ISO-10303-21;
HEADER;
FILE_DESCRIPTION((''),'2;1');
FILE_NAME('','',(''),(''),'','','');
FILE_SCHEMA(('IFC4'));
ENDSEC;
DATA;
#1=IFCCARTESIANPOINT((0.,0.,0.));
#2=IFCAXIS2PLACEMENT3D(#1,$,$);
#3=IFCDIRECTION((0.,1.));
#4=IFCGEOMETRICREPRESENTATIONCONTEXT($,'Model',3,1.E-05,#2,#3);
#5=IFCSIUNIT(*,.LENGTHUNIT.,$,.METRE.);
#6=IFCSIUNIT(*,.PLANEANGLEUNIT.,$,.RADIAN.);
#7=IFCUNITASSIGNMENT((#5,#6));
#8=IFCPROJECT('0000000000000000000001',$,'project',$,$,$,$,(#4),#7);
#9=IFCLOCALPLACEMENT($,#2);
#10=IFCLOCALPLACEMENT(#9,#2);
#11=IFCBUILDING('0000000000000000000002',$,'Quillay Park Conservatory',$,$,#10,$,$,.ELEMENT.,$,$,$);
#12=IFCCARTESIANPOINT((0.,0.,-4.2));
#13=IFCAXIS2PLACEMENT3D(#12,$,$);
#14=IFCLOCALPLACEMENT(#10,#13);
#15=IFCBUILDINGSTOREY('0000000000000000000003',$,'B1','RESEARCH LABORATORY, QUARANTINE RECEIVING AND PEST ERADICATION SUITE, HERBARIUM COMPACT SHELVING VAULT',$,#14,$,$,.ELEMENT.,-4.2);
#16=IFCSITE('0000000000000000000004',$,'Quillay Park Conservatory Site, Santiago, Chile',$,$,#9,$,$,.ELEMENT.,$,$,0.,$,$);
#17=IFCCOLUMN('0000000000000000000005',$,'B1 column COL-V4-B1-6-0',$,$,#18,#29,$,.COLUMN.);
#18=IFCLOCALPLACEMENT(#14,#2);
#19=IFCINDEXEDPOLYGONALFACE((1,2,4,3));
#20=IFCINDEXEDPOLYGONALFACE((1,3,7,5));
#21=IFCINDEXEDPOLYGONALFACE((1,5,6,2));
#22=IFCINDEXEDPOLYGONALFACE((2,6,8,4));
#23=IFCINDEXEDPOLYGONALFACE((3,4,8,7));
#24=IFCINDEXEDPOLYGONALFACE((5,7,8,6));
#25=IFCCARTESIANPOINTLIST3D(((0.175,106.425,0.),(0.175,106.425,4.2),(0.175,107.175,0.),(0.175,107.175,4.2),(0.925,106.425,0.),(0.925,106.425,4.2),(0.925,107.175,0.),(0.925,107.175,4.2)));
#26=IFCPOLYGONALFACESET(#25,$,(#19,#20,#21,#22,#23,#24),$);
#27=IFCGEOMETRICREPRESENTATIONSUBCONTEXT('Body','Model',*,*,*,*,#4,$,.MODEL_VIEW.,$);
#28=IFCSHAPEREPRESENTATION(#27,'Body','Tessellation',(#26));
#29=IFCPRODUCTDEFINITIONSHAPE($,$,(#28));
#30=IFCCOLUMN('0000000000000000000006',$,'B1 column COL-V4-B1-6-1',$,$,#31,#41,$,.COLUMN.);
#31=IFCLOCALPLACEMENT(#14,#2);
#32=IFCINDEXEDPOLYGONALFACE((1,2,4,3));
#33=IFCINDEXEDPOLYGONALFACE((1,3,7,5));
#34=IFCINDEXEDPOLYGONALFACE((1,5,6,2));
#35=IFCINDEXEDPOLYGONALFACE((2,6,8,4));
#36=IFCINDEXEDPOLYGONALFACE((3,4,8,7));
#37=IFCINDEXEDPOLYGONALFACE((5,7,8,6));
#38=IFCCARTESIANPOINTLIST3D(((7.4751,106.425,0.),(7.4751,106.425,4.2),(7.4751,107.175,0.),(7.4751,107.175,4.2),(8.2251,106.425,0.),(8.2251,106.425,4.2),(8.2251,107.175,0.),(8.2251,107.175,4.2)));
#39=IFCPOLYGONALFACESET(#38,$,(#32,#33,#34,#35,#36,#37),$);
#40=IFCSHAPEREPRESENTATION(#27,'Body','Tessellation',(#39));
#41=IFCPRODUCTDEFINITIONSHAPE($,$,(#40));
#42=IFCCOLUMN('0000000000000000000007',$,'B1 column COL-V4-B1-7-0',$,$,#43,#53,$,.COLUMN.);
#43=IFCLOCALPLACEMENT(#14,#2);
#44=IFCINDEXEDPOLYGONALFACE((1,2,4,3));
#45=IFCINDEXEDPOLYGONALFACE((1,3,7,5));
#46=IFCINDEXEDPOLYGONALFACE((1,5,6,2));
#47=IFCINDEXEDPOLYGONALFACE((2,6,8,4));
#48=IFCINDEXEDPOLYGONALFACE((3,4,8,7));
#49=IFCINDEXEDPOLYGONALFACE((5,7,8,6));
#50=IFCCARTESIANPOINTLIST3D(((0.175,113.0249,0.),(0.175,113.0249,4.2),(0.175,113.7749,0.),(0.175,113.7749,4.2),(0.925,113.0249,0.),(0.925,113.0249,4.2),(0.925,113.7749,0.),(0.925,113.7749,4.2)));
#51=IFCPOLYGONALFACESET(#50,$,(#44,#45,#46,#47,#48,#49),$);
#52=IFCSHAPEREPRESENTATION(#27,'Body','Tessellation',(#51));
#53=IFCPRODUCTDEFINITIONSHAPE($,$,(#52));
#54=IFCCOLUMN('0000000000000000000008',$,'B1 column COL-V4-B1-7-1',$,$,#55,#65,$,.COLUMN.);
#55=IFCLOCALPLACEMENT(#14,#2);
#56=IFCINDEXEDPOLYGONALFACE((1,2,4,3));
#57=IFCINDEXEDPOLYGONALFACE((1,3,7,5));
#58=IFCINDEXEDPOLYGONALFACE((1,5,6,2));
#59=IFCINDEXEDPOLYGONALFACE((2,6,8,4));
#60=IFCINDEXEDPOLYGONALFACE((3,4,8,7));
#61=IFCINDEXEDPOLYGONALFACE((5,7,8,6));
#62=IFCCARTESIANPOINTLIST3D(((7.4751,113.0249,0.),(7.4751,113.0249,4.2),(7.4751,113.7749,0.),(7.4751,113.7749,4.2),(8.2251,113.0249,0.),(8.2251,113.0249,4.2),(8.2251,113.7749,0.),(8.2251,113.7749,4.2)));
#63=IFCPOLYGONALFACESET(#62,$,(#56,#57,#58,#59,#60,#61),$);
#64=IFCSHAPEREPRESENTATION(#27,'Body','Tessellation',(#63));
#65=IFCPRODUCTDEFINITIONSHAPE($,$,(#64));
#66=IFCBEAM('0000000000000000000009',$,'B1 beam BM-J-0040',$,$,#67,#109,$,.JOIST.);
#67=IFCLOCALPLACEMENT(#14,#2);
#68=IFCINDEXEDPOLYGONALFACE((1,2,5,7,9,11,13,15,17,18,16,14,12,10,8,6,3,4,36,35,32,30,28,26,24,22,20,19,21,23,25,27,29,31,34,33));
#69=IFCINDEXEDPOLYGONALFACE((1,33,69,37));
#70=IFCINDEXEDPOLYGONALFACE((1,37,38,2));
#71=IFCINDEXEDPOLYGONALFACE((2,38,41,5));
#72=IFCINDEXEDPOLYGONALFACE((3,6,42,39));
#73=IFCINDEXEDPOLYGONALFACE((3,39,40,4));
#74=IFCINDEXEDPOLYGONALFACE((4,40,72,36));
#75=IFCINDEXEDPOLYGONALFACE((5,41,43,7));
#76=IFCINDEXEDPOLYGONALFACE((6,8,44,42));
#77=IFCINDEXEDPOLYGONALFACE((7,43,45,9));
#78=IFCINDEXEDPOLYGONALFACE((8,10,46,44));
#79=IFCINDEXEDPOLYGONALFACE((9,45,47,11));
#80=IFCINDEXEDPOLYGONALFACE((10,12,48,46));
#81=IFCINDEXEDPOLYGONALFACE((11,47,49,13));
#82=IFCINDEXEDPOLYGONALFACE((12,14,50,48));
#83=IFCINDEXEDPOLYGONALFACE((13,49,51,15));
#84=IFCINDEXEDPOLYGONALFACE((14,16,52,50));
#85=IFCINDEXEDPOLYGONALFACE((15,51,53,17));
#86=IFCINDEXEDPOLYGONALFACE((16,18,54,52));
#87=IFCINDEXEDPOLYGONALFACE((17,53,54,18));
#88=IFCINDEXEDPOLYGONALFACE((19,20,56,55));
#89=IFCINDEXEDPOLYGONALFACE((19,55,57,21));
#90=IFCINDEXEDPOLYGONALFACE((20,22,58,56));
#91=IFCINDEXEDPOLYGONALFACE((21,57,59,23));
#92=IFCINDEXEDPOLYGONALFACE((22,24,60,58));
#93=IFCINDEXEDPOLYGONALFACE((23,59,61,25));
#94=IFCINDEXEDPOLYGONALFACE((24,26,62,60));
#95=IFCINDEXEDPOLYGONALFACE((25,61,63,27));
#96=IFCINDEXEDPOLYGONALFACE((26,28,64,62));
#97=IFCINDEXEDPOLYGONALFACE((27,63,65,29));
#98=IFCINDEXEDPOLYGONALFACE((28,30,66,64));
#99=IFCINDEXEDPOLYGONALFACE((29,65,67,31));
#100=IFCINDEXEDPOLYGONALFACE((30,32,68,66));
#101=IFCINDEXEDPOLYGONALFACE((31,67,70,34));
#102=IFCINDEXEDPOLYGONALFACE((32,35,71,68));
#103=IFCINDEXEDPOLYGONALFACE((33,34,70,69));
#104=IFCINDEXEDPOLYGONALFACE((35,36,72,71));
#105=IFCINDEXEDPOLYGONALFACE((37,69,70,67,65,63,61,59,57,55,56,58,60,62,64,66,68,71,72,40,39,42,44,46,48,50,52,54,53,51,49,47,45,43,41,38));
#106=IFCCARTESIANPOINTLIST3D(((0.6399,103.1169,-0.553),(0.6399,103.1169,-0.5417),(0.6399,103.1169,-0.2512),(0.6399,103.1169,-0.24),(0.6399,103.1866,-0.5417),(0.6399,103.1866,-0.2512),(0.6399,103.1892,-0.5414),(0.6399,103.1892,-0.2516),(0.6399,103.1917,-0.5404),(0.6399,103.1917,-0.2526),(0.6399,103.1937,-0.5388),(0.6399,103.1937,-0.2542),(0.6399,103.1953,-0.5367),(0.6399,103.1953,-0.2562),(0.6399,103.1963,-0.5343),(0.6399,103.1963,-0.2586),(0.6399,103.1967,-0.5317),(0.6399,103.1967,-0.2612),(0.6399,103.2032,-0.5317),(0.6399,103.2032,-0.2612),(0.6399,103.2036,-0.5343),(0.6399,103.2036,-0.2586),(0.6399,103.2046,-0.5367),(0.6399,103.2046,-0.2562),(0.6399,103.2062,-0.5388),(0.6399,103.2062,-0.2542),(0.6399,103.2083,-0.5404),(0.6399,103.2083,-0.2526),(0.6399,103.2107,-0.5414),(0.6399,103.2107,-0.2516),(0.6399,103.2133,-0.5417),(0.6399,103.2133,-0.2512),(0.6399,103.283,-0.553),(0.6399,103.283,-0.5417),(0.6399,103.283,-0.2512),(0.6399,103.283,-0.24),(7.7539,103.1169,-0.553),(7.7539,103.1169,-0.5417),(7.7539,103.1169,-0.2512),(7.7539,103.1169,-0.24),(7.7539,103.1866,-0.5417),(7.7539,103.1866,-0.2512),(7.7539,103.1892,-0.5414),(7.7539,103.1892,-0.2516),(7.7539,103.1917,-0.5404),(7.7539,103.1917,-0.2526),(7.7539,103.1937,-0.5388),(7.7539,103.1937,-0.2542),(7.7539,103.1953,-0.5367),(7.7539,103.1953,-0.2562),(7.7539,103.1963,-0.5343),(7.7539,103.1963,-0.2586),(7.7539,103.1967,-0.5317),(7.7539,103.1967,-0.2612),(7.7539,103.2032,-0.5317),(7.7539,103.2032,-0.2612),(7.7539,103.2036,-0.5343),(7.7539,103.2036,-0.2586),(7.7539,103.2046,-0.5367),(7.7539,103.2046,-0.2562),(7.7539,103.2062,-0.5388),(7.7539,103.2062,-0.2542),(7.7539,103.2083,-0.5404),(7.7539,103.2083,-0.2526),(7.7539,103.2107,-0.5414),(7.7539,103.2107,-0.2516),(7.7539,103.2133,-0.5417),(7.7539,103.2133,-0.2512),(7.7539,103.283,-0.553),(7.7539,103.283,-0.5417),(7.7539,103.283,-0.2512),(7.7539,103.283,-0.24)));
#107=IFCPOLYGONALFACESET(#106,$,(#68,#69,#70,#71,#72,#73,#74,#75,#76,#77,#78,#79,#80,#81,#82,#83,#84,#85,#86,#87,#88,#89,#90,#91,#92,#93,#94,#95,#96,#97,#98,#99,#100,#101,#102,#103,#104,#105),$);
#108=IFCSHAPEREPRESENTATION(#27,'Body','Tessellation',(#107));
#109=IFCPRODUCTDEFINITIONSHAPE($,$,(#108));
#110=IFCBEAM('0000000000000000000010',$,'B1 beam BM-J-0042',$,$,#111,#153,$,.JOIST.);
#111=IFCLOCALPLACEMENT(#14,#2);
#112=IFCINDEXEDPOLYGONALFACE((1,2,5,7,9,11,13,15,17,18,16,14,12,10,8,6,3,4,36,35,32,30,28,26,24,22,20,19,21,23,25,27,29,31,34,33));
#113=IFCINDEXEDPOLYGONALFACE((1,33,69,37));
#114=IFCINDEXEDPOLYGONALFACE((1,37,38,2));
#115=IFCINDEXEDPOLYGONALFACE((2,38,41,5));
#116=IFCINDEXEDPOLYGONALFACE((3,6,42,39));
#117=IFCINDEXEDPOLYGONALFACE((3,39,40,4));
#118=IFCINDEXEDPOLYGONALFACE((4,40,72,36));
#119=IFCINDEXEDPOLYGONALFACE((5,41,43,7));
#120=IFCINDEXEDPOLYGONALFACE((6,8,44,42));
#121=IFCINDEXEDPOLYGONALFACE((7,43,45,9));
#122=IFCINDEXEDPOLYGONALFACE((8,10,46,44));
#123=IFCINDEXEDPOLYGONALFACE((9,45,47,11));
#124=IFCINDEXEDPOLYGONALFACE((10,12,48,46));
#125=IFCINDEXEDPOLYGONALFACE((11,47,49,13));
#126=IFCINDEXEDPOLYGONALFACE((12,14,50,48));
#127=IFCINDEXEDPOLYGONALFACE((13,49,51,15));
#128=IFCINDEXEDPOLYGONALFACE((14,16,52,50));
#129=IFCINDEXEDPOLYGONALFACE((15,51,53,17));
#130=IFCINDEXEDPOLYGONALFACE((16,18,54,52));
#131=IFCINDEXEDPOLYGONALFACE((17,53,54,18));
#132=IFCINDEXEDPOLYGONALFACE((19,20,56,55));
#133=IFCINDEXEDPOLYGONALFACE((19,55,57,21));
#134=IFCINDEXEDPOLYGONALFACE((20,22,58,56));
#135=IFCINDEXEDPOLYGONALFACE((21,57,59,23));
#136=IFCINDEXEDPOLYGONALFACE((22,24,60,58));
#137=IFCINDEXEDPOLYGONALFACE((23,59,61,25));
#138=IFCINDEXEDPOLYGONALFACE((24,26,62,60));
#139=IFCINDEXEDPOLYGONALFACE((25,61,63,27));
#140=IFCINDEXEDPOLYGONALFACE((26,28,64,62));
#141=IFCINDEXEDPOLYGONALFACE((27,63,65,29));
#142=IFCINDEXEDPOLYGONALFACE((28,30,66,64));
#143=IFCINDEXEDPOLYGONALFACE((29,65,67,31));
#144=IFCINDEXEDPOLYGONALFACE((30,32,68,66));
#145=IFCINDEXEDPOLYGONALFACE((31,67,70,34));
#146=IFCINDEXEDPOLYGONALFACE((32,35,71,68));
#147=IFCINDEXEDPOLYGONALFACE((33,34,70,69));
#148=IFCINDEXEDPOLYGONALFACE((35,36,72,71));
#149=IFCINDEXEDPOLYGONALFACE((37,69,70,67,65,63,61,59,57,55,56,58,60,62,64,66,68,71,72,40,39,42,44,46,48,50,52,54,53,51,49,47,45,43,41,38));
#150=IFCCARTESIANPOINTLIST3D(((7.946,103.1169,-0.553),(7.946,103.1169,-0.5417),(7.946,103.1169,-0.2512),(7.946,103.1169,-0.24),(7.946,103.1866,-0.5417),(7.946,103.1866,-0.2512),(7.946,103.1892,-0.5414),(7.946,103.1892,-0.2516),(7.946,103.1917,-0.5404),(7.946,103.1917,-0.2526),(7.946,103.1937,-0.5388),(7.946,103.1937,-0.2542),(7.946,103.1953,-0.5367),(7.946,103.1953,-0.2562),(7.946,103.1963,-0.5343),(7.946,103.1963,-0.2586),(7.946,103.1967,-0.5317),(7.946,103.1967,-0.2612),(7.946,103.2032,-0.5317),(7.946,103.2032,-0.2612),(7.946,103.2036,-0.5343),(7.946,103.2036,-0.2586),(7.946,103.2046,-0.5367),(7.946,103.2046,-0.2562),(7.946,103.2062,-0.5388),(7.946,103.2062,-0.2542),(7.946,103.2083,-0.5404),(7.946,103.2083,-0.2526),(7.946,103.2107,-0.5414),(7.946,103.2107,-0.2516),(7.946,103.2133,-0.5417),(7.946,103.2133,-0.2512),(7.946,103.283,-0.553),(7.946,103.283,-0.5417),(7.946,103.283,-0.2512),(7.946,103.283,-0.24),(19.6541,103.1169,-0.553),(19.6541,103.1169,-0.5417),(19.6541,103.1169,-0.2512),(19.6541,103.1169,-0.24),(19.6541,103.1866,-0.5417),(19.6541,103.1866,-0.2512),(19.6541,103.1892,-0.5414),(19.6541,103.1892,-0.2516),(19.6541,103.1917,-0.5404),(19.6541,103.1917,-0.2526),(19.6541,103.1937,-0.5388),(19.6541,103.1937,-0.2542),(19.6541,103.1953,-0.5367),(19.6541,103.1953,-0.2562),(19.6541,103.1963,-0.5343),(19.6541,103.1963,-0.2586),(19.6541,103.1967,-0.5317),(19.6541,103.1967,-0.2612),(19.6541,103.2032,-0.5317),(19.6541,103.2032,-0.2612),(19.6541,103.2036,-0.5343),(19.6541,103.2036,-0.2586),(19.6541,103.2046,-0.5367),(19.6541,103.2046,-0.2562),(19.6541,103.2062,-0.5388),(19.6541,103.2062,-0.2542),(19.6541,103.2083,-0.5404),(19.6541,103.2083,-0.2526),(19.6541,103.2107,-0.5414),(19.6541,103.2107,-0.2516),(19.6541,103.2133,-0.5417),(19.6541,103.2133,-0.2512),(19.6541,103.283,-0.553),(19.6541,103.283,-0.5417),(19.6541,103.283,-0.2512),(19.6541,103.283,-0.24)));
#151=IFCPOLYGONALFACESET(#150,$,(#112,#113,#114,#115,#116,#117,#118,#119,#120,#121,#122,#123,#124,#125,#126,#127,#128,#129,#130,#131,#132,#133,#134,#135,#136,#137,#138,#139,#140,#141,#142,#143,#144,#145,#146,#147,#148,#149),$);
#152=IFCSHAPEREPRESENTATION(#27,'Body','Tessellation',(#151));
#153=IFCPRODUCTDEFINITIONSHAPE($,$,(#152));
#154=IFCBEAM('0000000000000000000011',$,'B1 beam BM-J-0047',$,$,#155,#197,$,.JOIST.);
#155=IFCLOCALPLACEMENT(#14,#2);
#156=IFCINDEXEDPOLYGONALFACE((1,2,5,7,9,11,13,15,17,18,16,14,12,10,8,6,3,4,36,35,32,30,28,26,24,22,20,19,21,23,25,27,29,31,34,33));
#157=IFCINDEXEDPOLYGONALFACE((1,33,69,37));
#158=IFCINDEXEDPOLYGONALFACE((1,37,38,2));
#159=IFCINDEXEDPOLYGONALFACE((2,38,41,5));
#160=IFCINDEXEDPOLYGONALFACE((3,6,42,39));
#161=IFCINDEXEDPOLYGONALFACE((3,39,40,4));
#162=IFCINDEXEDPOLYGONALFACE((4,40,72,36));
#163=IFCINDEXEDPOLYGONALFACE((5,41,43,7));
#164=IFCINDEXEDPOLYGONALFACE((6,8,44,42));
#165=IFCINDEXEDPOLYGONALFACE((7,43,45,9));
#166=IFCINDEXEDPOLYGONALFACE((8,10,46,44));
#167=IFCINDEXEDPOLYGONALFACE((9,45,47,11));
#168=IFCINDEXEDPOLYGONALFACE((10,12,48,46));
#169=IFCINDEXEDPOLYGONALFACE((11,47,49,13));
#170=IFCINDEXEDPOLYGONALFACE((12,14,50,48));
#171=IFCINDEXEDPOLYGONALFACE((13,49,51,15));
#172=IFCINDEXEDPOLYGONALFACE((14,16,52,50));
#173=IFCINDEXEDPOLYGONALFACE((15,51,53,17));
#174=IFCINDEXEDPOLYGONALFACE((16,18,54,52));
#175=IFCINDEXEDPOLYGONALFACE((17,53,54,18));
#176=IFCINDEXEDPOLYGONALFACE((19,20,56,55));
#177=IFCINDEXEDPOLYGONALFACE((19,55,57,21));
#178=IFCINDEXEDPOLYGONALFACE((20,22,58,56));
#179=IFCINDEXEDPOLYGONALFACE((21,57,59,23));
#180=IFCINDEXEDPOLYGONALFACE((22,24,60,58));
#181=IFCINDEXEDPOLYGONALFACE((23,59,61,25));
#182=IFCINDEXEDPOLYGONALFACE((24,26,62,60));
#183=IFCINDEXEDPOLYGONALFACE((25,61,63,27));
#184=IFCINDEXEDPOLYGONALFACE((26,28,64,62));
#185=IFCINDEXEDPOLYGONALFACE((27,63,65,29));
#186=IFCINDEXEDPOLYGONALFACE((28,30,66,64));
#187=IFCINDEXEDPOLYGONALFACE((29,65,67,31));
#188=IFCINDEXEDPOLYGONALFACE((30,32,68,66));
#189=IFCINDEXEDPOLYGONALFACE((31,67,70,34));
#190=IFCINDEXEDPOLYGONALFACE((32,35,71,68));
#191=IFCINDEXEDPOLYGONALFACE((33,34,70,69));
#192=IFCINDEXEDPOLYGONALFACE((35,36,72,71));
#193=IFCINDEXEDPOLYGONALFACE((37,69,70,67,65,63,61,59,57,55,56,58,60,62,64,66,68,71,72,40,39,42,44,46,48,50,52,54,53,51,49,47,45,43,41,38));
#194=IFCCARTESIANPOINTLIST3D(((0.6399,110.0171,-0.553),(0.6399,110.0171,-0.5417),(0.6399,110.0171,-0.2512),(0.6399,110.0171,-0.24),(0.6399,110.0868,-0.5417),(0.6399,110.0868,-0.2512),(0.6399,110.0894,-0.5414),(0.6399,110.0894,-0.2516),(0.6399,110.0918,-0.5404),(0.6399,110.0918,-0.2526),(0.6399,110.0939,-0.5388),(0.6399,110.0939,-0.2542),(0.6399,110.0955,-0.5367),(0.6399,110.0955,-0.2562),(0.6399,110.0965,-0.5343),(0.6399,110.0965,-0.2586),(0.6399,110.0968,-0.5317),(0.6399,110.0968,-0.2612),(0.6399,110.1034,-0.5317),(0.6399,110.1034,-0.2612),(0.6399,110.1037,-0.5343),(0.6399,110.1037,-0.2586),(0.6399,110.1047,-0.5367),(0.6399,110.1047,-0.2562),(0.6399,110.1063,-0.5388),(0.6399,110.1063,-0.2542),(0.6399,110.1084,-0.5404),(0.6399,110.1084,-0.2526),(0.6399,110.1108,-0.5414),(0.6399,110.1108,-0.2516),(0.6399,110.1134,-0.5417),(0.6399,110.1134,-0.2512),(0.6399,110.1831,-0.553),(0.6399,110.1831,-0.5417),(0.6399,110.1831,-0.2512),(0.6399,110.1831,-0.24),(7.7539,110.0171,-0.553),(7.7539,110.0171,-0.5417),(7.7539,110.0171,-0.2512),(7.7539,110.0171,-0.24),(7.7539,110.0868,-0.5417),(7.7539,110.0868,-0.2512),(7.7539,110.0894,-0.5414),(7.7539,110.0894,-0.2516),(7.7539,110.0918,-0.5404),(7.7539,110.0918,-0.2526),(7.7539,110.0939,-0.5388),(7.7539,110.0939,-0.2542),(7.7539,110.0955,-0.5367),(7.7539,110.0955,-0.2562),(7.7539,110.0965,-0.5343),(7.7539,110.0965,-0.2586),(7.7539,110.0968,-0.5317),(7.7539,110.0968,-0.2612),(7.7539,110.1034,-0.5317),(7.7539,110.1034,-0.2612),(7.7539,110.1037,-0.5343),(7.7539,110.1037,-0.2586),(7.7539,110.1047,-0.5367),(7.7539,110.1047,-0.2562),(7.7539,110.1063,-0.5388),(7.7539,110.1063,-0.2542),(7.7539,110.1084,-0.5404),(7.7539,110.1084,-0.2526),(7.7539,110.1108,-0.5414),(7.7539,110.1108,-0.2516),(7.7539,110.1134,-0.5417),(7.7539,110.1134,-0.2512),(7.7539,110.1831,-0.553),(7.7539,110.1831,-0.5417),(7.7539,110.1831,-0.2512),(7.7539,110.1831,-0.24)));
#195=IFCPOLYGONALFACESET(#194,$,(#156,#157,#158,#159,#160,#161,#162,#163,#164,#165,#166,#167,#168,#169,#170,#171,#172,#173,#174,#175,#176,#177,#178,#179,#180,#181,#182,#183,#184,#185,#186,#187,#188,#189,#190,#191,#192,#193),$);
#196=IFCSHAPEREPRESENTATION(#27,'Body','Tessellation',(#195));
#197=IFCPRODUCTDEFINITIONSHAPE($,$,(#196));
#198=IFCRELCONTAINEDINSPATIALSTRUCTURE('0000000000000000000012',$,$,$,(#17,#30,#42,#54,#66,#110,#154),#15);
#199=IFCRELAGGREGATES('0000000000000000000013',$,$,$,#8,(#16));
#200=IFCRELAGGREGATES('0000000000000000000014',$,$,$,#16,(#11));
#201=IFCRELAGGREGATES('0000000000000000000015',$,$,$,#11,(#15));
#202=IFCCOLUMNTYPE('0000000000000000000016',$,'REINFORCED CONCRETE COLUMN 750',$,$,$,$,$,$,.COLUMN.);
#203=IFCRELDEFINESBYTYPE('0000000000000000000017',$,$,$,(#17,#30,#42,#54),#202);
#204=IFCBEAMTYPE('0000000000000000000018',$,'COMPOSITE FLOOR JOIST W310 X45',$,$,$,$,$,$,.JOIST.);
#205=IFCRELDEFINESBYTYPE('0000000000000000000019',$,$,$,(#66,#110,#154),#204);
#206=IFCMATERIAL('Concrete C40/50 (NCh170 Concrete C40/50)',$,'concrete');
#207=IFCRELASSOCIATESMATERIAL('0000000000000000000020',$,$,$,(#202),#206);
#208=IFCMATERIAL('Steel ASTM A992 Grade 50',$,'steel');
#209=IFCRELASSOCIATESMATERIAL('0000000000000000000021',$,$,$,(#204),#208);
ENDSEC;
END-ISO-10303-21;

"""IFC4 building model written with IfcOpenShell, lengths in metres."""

from ifc_helpers import new_model, si_unit, direction, frame, origin, origin_2d, place, context, subcontext, project, spatial, rectangle, i_section, extrude, material, material_profile, profile_set, type_object, element, save


model = new_model("IFC4")

# Units and contexts
model_context = context("Model", 3, precision=1e-05, world=origin(), true_north=direction((0.0, 1.0)))
body_context = subcontext(model_context, "Body", "Model", "MODEL_VIEW")
ifc_project = project(units=[si_unit("LENGTHUNIT", "METRE"), si_unit("PLANEANGLEUNIT", "RADIAN")], contexts=[model_context])

# Site, building, storey
site_placement = place(None, origin())
site = spatial("IfcSite", under=ifc_project, at=site_placement, Name="Quillay Park Conservatory Site, Santiago, Chile", CompositionType="ELEMENT", RefElevation=0.0)
building_placement = place(site_placement, origin())
building = spatial("IfcBuilding", under=site, at=building_placement, Name="Quillay Park Conservatory", CompositionType="ELEMENT")
storey_placement = place(building_placement, frame((0.0, 0.0, -4.2)))
storey = spatial("IfcBuildingStorey", under=building, at=storey_placement, Name="B1", Description="RESEARCH LABORATORY, QUARANTINE RECEIVING AND PEST ERADICATION SUITE, HERBARIUM COMPACT SHELVING VAULT", CompositionType="ELEMENT", Elevation=-4.2)

# Columns
ifc_material_1 = material(Name="Concrete C40/50 (NCh170 Concrete C40/50)", Category="concrete")
ifc_material_profile_1 = material_profile(ifc_material_1, rectangle(XDim=0.75, YDim=0.75, at=origin_2d()), Name="RC750x750")
ifc_profile_set_1 = profile_set([ifc_material_profile_1], Name="Concrete C40/50 (NCh170 Concrete C40/50)")
column_type = type_object("IfcColumnType", Name="REINFORCED CONCRETE COLUMN 750", PredefinedType="COLUMN", material=ifc_profile_set_1)
for number, where, z_axis, x_axis, name in (
    (1, (0.55, 106.8, 0.0), (0.0, 0.0, 1.0), (1.0, 0.0, 0.0), "B1 column COL-V4-B1-6-0"),
    (2, (7.8501, 106.8, 0.0), (0.0, 0.0, 1.0), (1.0, 0.0, 0.0), "B1 column COL-V4-B1-6-1"),
    (3, (0.55, 113.3999, 0.0), (0.0, 0.0, 1.0), (1.0, 0.0, 0.0), "B1 column COL-V4-B1-7-0"),
    (4, (7.8501, 113.3999, 0.0), (0.0, 0.0, 1.0), (1.0, 0.0, 0.0), "B1 column COL-V4-B1-7-1"),
):
    element("IfcColumn", number, at=place(storey_placement, frame(where, z_axis=z_axis, x_axis=x_axis)), inside=storey, type_object=column_type, Name=name, PredefinedType="COLUMN", context=body_context, shape_type="SweptSolid", body=[
        extrude(rectangle(XDim=0.75, YDim=0.75, at=origin_2d()), origin(), (0.0, 0.0, 1.0), 4.2),
    ])

# Beams
ifc_material_2 = material(Name="Steel ASTM A992 Grade 50", Category="steel")
ifc_material_profile_2 = material_profile(ifc_material_2, i_section(OverallWidth=0.166, OverallDepth=0.313, WebThickness=0.0066, FlangeThickness=0.0112, FilletRadius=0.01, at=origin_2d()), Name="W310x45")
ifc_profile_set_2 = profile_set([ifc_material_profile_2], Name="Steel ASTM A992 Grade 50")
beam_type_1 = type_object("IfcBeamType", Name="COMPOSITE FLOOR JOIST W310 X45", PredefinedType="JOIST", material=ifc_profile_set_2)
beam_1_placement = place(storey_placement, frame((0.6399, 103.2, -0.3965), z_axis=(1.0, 0.0, 0.0), x_axis=(0.0, 1.0, 0.0)))
element("IfcBeam", 5, at=beam_1_placement, inside=storey, type_object=beam_type_1, Name="B1 beam BM-J-0040", PredefinedType="JOIST", context=body_context, shape_type="SweptSolid", body=[
    extrude(i_section(OverallWidth=0.166, OverallDepth=0.313, WebThickness=0.0066, FlangeThickness=0.0112, FilletRadius=0.01, at=origin_2d()), origin(), (0.0, 0.0, 1.0), 7.114),
])
beam_2_placement = place(storey_placement, frame((7.946, 103.2, -0.3965), z_axis=(1.0, 0.0, 0.0), x_axis=(0.0, 1.0, 0.0)))
element("IfcBeam", 6, at=beam_2_placement, inside=storey, type_object=beam_type_1, Name="B1 beam BM-J-0042", PredefinedType="JOIST", context=body_context, shape_type="SweptSolid", body=[
    extrude(i_section(OverallWidth=0.166, OverallDepth=0.313, WebThickness=0.0066, FlangeThickness=0.0112, FilletRadius=0.01, at=origin_2d()), origin(), (0.0, 0.0, 1.0), 11.708),
])
beam_3_placement = place(storey_placement, frame((0.6399, 110.1001, -0.3965), z_axis=(1.0, 0.0, 0.0), x_axis=(0.0, 1.0, 0.0)))
element("IfcBeam", 7, at=beam_3_placement, inside=storey, type_object=beam_type_1, Name="B1 beam BM-J-0047", PredefinedType="JOIST", context=body_context, shape_type="SweptSolid", body=[
    extrude(i_section(OverallWidth=0.166, OverallDepth=0.313, WebThickness=0.0066, FlangeThickness=0.0112, FilletRadius=0.01, at=origin_2d()), origin(), (0.0, 0.0, 1.0), 7.114),
])

save(model, "model.ifc")
